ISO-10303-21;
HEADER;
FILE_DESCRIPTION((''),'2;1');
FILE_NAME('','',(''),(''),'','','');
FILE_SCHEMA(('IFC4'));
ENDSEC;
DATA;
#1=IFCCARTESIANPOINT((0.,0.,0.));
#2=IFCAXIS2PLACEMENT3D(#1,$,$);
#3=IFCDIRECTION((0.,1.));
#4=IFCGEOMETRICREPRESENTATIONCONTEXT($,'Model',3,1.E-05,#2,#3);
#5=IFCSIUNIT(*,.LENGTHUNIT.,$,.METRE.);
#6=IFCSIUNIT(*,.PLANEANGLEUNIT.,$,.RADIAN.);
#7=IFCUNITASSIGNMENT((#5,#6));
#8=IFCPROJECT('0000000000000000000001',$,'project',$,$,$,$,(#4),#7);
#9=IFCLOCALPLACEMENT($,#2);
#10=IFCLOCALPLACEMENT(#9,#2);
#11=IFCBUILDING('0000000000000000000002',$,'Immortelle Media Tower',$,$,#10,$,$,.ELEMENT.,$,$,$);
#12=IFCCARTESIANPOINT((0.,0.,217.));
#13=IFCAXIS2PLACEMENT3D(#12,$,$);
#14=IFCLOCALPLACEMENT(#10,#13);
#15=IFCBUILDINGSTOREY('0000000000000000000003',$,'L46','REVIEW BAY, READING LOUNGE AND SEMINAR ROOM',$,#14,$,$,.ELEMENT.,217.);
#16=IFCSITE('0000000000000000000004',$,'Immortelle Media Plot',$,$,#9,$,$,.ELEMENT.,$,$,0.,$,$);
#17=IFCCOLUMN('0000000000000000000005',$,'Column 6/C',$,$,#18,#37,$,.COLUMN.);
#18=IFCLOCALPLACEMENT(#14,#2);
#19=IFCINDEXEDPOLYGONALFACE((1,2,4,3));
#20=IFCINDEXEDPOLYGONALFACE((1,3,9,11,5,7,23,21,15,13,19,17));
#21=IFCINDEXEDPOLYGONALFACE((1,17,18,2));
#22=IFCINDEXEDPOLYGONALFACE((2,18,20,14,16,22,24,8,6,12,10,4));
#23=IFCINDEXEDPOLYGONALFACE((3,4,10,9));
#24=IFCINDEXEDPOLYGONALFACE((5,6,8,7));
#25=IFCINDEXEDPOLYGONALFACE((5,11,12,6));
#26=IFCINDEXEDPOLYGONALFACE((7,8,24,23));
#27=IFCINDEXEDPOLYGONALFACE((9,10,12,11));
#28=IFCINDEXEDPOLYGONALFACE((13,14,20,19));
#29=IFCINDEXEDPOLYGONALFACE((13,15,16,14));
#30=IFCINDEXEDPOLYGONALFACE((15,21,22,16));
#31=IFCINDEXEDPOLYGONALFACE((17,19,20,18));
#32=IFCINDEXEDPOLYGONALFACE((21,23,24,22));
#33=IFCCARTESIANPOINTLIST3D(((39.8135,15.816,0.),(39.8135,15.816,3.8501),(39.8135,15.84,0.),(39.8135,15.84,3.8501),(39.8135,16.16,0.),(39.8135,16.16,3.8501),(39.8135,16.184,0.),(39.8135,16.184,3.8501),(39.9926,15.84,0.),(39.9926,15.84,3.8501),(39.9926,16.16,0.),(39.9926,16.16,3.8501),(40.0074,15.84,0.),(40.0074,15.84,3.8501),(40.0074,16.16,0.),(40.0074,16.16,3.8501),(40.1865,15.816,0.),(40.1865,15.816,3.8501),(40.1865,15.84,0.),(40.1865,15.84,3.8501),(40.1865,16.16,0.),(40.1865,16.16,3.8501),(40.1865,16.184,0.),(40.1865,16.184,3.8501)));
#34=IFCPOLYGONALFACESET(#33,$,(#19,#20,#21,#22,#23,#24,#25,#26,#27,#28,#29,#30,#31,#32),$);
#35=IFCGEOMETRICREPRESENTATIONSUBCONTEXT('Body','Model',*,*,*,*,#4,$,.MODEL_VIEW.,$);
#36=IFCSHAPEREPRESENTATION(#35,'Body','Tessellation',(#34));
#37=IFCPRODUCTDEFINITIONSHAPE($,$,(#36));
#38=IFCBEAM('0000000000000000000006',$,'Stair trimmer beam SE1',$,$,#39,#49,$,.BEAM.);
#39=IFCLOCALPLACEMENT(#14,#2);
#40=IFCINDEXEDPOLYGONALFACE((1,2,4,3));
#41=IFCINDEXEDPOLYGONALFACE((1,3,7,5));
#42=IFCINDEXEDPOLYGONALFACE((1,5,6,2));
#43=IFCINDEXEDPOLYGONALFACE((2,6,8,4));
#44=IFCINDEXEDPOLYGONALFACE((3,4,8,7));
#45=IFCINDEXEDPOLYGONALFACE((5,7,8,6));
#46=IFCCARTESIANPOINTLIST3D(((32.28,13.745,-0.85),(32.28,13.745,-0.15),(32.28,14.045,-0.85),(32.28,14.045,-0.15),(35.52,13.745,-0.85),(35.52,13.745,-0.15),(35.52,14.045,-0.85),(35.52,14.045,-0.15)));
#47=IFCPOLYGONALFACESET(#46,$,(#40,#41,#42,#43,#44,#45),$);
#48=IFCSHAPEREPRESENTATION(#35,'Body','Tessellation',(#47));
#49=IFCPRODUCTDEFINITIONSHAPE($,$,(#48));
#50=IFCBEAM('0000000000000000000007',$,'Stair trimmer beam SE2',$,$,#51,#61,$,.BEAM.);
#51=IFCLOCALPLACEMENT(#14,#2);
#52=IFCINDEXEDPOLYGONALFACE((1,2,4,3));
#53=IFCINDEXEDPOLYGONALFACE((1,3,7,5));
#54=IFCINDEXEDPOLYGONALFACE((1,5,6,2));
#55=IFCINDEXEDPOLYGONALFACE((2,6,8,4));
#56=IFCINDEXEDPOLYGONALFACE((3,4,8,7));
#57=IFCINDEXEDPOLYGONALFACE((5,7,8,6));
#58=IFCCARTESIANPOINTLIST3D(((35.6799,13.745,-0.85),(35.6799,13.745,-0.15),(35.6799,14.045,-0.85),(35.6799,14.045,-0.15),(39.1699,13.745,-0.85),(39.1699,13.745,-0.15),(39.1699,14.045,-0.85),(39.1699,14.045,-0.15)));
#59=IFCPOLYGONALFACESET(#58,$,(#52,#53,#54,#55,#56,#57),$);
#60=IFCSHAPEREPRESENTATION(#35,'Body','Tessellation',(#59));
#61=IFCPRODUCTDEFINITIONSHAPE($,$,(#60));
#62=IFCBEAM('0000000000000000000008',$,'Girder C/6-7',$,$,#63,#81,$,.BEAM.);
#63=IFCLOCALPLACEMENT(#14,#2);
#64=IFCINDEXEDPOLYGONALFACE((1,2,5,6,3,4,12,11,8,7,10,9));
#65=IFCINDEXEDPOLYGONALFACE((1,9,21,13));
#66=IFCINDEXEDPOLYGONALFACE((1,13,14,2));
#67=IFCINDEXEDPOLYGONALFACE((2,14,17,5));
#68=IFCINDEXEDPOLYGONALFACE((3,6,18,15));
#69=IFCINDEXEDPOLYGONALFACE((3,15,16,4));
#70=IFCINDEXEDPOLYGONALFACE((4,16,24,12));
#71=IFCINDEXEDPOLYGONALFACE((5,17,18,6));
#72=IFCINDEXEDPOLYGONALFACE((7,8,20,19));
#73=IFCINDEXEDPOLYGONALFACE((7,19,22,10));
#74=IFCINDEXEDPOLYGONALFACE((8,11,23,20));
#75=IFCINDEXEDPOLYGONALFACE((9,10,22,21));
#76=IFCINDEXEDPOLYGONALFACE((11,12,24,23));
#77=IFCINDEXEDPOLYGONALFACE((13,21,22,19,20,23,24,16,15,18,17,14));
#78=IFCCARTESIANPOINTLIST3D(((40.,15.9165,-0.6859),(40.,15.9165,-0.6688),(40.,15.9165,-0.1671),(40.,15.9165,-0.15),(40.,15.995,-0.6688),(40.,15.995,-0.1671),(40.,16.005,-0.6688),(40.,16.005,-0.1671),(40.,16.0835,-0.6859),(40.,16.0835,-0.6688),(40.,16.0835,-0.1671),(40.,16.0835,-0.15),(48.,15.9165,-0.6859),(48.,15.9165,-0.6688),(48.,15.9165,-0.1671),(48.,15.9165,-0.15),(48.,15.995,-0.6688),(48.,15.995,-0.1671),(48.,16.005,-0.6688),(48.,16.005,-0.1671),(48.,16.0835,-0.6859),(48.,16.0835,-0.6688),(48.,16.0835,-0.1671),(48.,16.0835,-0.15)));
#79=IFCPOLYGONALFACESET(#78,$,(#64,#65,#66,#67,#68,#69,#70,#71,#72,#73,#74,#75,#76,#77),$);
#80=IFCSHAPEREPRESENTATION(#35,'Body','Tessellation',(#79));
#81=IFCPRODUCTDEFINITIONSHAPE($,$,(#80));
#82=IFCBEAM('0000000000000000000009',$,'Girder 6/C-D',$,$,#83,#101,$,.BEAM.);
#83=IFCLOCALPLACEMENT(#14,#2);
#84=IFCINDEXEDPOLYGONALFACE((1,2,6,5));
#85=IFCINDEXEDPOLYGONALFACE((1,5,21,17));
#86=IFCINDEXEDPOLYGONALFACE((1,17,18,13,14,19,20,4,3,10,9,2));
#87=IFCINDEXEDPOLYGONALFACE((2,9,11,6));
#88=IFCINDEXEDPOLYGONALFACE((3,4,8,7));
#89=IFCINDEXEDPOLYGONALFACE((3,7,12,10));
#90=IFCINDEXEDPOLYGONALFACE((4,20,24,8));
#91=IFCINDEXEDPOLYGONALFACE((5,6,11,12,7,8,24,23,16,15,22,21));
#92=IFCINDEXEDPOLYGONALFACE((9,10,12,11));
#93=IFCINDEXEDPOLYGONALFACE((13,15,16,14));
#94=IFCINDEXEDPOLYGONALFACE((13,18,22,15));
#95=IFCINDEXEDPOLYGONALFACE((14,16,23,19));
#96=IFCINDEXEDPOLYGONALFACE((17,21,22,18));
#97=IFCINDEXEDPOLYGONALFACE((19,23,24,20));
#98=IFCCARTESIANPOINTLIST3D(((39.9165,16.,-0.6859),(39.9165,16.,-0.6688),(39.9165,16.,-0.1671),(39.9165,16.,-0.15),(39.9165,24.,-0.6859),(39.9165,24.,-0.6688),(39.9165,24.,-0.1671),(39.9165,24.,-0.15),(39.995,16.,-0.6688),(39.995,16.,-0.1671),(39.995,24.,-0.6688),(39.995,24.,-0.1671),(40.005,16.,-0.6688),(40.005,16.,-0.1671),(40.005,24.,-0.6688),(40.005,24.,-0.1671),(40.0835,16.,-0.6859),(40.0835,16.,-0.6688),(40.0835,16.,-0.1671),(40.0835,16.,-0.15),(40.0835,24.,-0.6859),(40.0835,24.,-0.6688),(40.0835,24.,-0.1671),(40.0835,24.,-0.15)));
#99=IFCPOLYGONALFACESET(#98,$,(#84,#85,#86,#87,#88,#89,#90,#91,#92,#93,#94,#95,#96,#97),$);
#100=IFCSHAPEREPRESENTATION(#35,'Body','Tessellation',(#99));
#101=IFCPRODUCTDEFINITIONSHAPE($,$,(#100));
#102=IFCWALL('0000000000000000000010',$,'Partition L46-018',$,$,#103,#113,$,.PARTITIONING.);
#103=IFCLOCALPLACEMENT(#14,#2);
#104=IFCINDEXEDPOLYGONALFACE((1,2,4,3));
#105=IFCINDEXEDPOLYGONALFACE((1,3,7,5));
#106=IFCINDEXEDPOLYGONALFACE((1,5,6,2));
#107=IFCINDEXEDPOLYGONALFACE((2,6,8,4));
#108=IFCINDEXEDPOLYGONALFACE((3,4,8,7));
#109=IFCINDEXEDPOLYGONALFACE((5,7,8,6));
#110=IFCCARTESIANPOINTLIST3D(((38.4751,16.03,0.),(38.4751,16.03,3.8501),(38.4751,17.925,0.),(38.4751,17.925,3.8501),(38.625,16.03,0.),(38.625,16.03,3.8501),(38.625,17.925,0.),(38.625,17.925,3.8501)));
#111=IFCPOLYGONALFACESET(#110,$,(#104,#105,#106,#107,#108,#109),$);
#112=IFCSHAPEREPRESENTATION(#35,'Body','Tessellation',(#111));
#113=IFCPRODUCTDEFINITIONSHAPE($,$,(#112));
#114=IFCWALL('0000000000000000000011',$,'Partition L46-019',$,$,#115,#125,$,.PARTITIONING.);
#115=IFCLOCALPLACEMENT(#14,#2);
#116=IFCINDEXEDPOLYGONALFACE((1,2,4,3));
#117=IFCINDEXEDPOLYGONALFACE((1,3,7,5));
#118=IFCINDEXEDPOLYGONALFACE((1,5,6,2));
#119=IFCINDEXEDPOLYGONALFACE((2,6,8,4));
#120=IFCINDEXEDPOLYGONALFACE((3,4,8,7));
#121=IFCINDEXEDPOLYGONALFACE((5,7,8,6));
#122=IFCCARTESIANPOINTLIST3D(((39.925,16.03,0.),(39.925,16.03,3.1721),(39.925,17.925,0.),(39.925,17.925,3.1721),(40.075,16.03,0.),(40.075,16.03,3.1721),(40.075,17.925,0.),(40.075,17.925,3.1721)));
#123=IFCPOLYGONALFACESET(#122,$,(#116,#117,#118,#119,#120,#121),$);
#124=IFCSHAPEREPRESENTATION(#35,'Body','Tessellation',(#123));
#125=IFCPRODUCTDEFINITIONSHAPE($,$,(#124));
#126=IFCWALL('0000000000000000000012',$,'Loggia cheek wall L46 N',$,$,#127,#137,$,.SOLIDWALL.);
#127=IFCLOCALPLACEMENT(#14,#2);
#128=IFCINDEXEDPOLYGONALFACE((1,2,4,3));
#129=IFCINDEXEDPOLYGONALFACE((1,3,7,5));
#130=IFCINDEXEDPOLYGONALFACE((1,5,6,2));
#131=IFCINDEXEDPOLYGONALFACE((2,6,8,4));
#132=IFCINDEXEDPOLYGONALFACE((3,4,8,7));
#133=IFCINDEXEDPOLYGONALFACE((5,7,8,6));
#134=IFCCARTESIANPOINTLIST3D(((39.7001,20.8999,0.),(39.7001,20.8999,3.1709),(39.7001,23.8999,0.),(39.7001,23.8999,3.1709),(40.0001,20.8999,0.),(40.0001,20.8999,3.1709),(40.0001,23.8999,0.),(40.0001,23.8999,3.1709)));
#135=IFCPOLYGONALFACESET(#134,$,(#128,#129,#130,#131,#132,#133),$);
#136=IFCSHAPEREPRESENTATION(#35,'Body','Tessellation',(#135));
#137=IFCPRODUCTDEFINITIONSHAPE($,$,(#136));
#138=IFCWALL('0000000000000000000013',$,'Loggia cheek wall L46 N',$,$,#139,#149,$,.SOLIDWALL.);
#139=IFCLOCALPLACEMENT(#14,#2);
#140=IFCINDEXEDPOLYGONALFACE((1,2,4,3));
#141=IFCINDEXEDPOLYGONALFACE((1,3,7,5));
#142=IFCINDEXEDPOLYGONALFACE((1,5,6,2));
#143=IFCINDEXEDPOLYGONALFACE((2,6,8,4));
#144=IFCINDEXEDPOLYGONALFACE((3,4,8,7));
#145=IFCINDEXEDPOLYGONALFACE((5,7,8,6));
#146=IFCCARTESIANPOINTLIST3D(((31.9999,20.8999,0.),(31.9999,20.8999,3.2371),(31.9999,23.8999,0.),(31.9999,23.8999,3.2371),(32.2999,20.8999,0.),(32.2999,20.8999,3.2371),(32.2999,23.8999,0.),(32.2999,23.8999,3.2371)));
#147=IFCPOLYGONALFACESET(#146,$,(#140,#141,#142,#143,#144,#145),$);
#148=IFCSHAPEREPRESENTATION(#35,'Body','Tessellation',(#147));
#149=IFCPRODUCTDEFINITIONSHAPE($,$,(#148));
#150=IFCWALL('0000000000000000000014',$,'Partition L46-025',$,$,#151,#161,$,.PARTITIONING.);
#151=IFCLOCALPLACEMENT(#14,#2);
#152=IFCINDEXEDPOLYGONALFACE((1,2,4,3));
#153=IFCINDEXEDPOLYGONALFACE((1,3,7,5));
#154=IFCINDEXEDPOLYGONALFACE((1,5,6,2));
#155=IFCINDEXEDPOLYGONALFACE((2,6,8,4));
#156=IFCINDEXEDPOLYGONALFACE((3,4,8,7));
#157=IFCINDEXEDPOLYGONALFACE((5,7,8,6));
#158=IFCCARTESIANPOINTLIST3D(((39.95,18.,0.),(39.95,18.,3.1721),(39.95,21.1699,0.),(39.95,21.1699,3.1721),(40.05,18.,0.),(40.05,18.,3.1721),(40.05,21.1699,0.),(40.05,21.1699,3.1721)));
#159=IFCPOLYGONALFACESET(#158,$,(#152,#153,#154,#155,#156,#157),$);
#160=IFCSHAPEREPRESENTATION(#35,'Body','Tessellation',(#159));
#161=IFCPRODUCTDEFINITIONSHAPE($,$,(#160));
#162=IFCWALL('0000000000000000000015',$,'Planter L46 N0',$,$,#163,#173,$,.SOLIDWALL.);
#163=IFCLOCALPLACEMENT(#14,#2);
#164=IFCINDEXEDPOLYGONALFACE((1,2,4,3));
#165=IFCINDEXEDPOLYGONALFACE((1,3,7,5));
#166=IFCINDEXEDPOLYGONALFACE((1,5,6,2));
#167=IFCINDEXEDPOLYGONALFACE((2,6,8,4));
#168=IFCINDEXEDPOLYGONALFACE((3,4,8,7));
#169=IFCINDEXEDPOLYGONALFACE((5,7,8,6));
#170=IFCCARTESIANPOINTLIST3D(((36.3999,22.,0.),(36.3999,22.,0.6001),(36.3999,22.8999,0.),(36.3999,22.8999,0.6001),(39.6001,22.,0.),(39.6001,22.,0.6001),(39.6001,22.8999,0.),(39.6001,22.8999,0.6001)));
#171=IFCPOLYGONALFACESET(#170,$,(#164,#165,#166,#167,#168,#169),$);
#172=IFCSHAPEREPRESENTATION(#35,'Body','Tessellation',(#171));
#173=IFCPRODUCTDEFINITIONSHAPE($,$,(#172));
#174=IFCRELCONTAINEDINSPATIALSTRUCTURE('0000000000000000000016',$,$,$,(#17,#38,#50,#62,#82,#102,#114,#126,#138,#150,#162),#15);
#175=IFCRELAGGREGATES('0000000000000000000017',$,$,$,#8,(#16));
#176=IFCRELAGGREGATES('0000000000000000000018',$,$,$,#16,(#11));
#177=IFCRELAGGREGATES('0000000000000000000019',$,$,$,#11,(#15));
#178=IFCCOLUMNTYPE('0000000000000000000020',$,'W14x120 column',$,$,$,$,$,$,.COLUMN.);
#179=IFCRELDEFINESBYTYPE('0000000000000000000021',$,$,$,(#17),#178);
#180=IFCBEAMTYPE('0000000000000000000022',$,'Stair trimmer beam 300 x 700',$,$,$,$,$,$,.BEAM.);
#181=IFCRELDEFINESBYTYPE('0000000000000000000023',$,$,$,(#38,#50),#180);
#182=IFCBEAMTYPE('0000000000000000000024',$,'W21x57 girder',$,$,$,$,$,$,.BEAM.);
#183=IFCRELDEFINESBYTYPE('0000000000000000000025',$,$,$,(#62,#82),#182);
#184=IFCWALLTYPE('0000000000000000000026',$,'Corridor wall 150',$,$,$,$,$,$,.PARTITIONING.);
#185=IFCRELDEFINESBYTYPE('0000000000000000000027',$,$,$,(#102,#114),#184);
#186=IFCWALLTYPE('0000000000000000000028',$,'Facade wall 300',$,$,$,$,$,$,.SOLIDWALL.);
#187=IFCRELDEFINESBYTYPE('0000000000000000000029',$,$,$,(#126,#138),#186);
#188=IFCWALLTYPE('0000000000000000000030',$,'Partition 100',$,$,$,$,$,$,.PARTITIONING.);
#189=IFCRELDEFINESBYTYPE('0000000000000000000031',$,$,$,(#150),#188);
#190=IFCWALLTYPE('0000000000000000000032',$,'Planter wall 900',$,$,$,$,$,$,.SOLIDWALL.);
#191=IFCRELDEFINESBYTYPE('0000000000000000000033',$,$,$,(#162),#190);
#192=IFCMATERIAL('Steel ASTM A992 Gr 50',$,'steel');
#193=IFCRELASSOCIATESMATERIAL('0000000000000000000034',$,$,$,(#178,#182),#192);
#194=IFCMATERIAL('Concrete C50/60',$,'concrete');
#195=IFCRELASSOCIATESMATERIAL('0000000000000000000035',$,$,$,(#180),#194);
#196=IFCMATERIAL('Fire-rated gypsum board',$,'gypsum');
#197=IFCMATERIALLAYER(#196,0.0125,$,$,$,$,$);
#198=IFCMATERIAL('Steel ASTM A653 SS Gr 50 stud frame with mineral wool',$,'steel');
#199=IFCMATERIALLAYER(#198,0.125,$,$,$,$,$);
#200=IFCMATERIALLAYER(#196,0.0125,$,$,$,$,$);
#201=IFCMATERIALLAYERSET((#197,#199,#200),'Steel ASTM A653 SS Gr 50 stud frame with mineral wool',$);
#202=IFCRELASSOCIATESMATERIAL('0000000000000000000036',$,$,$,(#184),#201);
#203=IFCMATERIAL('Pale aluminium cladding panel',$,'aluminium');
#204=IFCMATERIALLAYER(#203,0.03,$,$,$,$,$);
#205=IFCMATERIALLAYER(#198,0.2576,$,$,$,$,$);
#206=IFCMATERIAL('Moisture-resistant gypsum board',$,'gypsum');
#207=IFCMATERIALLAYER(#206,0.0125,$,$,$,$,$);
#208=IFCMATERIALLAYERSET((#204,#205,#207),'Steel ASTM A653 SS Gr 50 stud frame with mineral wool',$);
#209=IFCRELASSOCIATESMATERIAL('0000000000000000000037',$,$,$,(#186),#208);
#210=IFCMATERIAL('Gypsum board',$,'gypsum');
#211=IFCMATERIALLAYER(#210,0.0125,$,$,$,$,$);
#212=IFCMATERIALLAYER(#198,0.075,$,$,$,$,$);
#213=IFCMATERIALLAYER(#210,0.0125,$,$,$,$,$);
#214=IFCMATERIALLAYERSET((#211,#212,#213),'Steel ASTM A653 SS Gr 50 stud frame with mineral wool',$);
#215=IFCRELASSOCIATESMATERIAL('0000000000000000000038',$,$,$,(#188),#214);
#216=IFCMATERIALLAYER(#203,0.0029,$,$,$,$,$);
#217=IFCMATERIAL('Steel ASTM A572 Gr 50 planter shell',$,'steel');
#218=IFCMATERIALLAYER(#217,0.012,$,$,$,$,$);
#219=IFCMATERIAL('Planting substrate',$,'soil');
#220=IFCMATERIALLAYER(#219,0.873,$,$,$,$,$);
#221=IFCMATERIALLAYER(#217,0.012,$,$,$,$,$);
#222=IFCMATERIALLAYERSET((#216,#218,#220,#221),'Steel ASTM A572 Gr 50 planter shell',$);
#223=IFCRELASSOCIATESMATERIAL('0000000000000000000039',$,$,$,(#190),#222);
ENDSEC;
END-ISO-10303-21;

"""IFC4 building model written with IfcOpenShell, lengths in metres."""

from ifc_helpers import new_model, si_unit, direction, frame, frame_2d, origin, origin_2d, place, context, subcontext, project, spatial, rectangle, i_section, extrude, material, layer, layer_set, material_profile, profile_set, type_object, element, save


model = new_model("IFC4")

# Units and contexts
model_context = context("Model", 3, precision=1e-05, world=origin(), true_north=direction((0.0, 1.0)))
body_context = subcontext(model_context, "Body", "Model", "MODEL_VIEW")
ifc_project = project(units=[si_unit("LENGTHUNIT", "METRE"), si_unit("PLANEANGLEUNIT", "RADIAN")], contexts=[model_context])

# Site, building, storey
site_placement = place(None, origin())
site = spatial("IfcSite", under=ifc_project, at=site_placement, Name="Immortelle Media Plot", CompositionType="ELEMENT", RefElevation=0.0)
building_placement = place(site_placement, origin())
building = spatial("IfcBuilding", under=site, at=building_placement, Name="Immortelle Media Tower", CompositionType="ELEMENT")
storey_placement = place(building_placement, frame((0.0, 0.0, 217.0)))
storey = spatial("IfcBuildingStorey", under=building, at=storey_placement, Name="L46", Description="REVIEW BAY, READING LOUNGE AND SEMINAR ROOM", CompositionType="ELEMENT", Elevation=217.0)

# Column
ifc_material_1 = material(Name="Steel ASTM A992 Gr 50", Category="steel")
ifc_material_profile_1 = material_profile(ifc_material_1, i_section(OverallWidth=0.373, OverallDepth=0.3679, WebThickness=0.0149, FlangeThickness=0.0239, at=origin_2d()), Name="W14x120")
ifc_profile_set_1 = profile_set([ifc_material_profile_1], Name="Steel ASTM A992 Gr 50")
column_type = type_object("IfcColumnType", Name="W14x120 column", PredefinedType="COLUMN", material=ifc_profile_set_1)
column_placement = place(storey_placement, frame((40.0, 16.0, 0.0), z_axis=(0.0, 0.0, 1.0), x_axis=(1.0, 0.0, 0.0)))
element("IfcColumn", 1, at=column_placement, inside=storey, type_object=column_type, Name="Column 6/C", PredefinedType="COLUMN", context=body_context, shape_type="SweptSolid", body=[
    extrude(i_section(OverallWidth=0.373, OverallDepth=0.3679, WebThickness=0.0149, FlangeThickness=0.0239, at=origin_2d()), origin(), (0.0, 0.0, 1.0), 3.8501),
])

# Beams
ifc_material_2 = material(Name="Concrete C50/60", Category="concrete")
ifc_material_profile_2 = material_profile(ifc_material_2, rectangle(XDim=0.3, YDim=0.7, at=origin_2d()), Name="RC 300x700")
ifc_profile_set_2 = profile_set([ifc_material_profile_2], Name="Concrete C50/60")
beam_type_1 = type_object("IfcBeamType", Name="Stair trimmer beam 300 x 700", PredefinedType="BEAM", material=ifc_profile_set_2)
beam_1_placement = place(storey_placement, frame((32.28, 13.895, -0.5), z_axis=(1.0, 0.0, 0.0), x_axis=(0.0, 1.0, 0.0)))
element("IfcBeam", 2, at=beam_1_placement, inside=storey, type_object=beam_type_1, Name="Stair trimmer beam SE1", PredefinedType="BEAM", context=body_context, shape_type="SweptSolid", body=[
    extrude(rectangle(XDim=0.3, YDim=0.7, at=origin_2d()), origin(), (0.0, 0.0, 1.0), 3.24),
])
beam_2_placement = place(storey_placement, frame((35.6799, 13.895, -0.5), z_axis=(1.0, 0.0, 0.0), x_axis=(0.0, 1.0, 0.0)))
element("IfcBeam", 3, at=beam_2_placement, inside=storey, type_object=beam_type_1, Name="Stair trimmer beam SE2", PredefinedType="BEAM", context=body_context, shape_type="SweptSolid", body=[
    extrude(rectangle(XDim=0.3, YDim=0.7, at=origin_2d()), origin(), (0.0, 0.0, 1.0), 3.49),
])
ifc_material_profile_3 = material_profile(ifc_material_1, i_section(OverallWidth=0.167, OverallDepth=0.5359, WebThickness=0.01, FlangeThickness=0.0171, at=origin_2d()), Name="W21x57")
ifc_profile_set_3 = profile_set([ifc_material_profile_3], Name="Steel ASTM A992 Gr 50")
beam_type_2 = type_object("IfcBeamType", Name="W21x57 girder", PredefinedType="BEAM", material=ifc_profile_set_3)
for number, where, z_axis, x_axis, name in (
    (4, (40.0, 16.0, -0.418), (1.0, 0.0, 0.0), (0.0, 1.0, 0.0), "Girder C/6-7"),
    (5, (40.0, 16.0, -0.418), (0.0, 1.0, 0.0), (-1.0, 0.0, 0.0), "Girder 6/C-D"),
):
    element("IfcBeam", number, at=place(storey_placement, frame(where, z_axis=z_axis, x_axis=x_axis)), inside=storey, type_object=beam_type_2, Name=name, PredefinedType="BEAM", context=body_context, shape_type="SweptSolid", body=[
        extrude(i_section(OverallWidth=0.167, OverallDepth=0.5359, WebThickness=0.01, FlangeThickness=0.0171, at=origin_2d()), origin(), (0.0, 0.0, 1.0), 8.0),
    ])

# Walls
ifc_material_3 = material(Name="Fire-rated gypsum board", Category="gypsum")
ifc_layer_1 = layer(ifc_material_3, 0.0125)
ifc_material_4 = material(Name="Steel ASTM A653 SS Gr 50 stud frame with mineral wool", Category="steel")
ifc_layer_2 = layer(ifc_material_4, 0.125)
ifc_layer_3 = layer(ifc_material_3, 0.0125)
ifc_layer_set_1 = layer_set([ifc_layer_1, ifc_layer_2, ifc_layer_3], Name="Steel ASTM A653 SS Gr 50 stud frame with mineral wool")
wall_type_1 = type_object("IfcWallType", Name="Corridor wall 150", PredefinedType="PARTITIONING", material=ifc_layer_set_1)
wall_1_placement = place(storey_placement, frame((38.55, 16.03, 0.0), z_axis=(0.0, 0.0, 1.0), x_axis=(0.0, 1.0, 0.0)))
element("IfcWall", 6, at=wall_1_placement, inside=storey, type_object=wall_type_1, Name="Partition L46-018", PredefinedType="PARTITIONING", context=body_context, shape_type="SweptSolid", body=[
    extrude(rectangle(XDim=1.895, YDim=0.1499, at=frame_2d((0.9475, 0.0))), origin(), (0.0, 0.0, 1.0), 3.8501),
])
wall_2_placement = place(storey_placement, frame((40.0, 16.03, 0.0), z_axis=(0.0, 0.0, 1.0), x_axis=(0.0, 1.0, 0.0)))
element("IfcWall", 7, at=wall_2_placement, inside=storey, type_object=wall_type_1, Name="Partition L46-019", PredefinedType="PARTITIONING", context=body_context, shape_type="SweptSolid", body=[
    extrude(rectangle(XDim=1.895, YDim=0.1499, at=frame_2d((0.9475, 0.0))), origin(), (0.0, 0.0, 1.0), 3.1721),
])

# Shared definitions
ifc_material_5 = material(Name="Pale aluminium cladding panel", Category="aluminium")
ifc_layer_4 = layer(ifc_material_5, 0.03)
ifc_layer_5 = layer(ifc_material_4, 0.2576)
ifc_material_6 = material(Name="Moisture-resistant gypsum board", Category="gypsum")
ifc_layer_6 = layer(ifc_material_6, 0.0125)
ifc_layer_set_2 = layer_set([ifc_layer_4, ifc_layer_5, ifc_layer_6], Name="Steel ASTM A653 SS Gr 50 stud frame with mineral wool")
wall_type_2 = type_object("IfcWallType", Name="Facade wall 300", PredefinedType="SOLIDWALL", material=ifc_layer_set_2)

# Walls
wall_3_placement = place(storey_placement, frame((39.8501, 23.8999, 0.0), z_axis=(0.0, 0.0, 1.0), x_axis=(0.0, -1.0, 0.0)))
element("IfcWall", 8, at=wall_3_placement, inside=storey, type_object=wall_type_2, Name="Loggia cheek wall L46 N", PredefinedType="SOLIDWALL", context=body_context, shape_type="SweptSolid", body=[
    extrude(rectangle(XDim=3.0, YDim=0.3, at=frame_2d((1.5, 0.0))), origin(), (0.0, 0.0, 1.0), 3.1709),
])
wall_4_placement = place(storey_placement, frame((32.1499, 23.8999, 0.0), z_axis=(0.0, 0.0, 1.0), x_axis=(0.0, -1.0, 0.0)))
element("IfcWall", 9, at=wall_4_placement, inside=storey, type_object=wall_type_2, Name="Loggia cheek wall L46 N", PredefinedType="SOLIDWALL", context=body_context, shape_type="SweptSolid", body=[
    extrude(rectangle(XDim=3.0, YDim=0.3, at=frame_2d((1.5, 0.0))), origin(), (0.0, 0.0, 1.0), 3.2371),
])
ifc_material_7 = material(Name="Gypsum board", Category="gypsum")
ifc_layer_7 = layer(ifc_material_7, 0.0125)
ifc_layer_8 = layer(ifc_material_4, 0.075)
ifc_layer_9 = layer(ifc_material_7, 0.0125)
ifc_layer_set_3 = layer_set([ifc_layer_7, ifc_layer_8, ifc_layer_9], Name="Steel ASTM A653 SS Gr 50 stud frame with mineral wool")
wall_type_3 = type_object("IfcWallType", Name="Partition 100", PredefinedType="PARTITIONING", material=ifc_layer_set_3)
wall_5_placement = place(storey_placement, frame((40.0, 18.0, 0.0), z_axis=(0.0, 0.0, 1.0), x_axis=(0.0, 1.0, 0.0)))
element("IfcWall", 10, at=wall_5_placement, inside=storey, type_object=wall_type_3, Name="Partition L46-025", PredefinedType="PARTITIONING", context=body_context, shape_type="SweptSolid", body=[
    extrude(rectangle(XDim=3.1699, YDim=0.1001, at=frame_2d((1.585, 0.0))), origin(), (0.0, 0.0, 1.0), 3.1721),
])
ifc_layer_10 = layer(ifc_material_5, 0.0029)
ifc_material_8 = material(Name="Steel ASTM A572 Gr 50 planter shell", Category="steel")
ifc_layer_11 = layer(ifc_material_8, 0.012)
ifc_material_9 = material(Name="Planting substrate", Category="soil")
ifc_layer_12 = layer(ifc_material_9, 0.873)
ifc_layer_13 = layer(ifc_material_8, 0.012)
ifc_layer_set_4 = layer_set([ifc_layer_10, ifc_layer_11, ifc_layer_12, ifc_layer_13], Name="Steel ASTM A572 Gr 50 planter shell")
wall_type_4 = type_object("IfcWallType", Name="Planter wall 900", PredefinedType="SOLIDWALL", material=ifc_layer_set_4)
wall_6_placement = place(storey_placement, frame((39.6001, 22.45, 0.0), z_axis=(0.0, 0.0, 1.0), x_axis=(-1.0, 0.0, 0.0)))
element("IfcWall", 11, at=wall_6_placement, inside=storey, type_object=wall_type_4, Name="Planter L46 N0", PredefinedType="SOLIDWALL", context=body_context, shape_type="SweptSolid", body=[
    extrude(rectangle(XDim=3.2002, YDim=0.8999, at=frame_2d((1.6001, 0.0))), origin(), (0.0, 0.0, 1.0), 0.6001),
])

save(model, "model.ifc")
